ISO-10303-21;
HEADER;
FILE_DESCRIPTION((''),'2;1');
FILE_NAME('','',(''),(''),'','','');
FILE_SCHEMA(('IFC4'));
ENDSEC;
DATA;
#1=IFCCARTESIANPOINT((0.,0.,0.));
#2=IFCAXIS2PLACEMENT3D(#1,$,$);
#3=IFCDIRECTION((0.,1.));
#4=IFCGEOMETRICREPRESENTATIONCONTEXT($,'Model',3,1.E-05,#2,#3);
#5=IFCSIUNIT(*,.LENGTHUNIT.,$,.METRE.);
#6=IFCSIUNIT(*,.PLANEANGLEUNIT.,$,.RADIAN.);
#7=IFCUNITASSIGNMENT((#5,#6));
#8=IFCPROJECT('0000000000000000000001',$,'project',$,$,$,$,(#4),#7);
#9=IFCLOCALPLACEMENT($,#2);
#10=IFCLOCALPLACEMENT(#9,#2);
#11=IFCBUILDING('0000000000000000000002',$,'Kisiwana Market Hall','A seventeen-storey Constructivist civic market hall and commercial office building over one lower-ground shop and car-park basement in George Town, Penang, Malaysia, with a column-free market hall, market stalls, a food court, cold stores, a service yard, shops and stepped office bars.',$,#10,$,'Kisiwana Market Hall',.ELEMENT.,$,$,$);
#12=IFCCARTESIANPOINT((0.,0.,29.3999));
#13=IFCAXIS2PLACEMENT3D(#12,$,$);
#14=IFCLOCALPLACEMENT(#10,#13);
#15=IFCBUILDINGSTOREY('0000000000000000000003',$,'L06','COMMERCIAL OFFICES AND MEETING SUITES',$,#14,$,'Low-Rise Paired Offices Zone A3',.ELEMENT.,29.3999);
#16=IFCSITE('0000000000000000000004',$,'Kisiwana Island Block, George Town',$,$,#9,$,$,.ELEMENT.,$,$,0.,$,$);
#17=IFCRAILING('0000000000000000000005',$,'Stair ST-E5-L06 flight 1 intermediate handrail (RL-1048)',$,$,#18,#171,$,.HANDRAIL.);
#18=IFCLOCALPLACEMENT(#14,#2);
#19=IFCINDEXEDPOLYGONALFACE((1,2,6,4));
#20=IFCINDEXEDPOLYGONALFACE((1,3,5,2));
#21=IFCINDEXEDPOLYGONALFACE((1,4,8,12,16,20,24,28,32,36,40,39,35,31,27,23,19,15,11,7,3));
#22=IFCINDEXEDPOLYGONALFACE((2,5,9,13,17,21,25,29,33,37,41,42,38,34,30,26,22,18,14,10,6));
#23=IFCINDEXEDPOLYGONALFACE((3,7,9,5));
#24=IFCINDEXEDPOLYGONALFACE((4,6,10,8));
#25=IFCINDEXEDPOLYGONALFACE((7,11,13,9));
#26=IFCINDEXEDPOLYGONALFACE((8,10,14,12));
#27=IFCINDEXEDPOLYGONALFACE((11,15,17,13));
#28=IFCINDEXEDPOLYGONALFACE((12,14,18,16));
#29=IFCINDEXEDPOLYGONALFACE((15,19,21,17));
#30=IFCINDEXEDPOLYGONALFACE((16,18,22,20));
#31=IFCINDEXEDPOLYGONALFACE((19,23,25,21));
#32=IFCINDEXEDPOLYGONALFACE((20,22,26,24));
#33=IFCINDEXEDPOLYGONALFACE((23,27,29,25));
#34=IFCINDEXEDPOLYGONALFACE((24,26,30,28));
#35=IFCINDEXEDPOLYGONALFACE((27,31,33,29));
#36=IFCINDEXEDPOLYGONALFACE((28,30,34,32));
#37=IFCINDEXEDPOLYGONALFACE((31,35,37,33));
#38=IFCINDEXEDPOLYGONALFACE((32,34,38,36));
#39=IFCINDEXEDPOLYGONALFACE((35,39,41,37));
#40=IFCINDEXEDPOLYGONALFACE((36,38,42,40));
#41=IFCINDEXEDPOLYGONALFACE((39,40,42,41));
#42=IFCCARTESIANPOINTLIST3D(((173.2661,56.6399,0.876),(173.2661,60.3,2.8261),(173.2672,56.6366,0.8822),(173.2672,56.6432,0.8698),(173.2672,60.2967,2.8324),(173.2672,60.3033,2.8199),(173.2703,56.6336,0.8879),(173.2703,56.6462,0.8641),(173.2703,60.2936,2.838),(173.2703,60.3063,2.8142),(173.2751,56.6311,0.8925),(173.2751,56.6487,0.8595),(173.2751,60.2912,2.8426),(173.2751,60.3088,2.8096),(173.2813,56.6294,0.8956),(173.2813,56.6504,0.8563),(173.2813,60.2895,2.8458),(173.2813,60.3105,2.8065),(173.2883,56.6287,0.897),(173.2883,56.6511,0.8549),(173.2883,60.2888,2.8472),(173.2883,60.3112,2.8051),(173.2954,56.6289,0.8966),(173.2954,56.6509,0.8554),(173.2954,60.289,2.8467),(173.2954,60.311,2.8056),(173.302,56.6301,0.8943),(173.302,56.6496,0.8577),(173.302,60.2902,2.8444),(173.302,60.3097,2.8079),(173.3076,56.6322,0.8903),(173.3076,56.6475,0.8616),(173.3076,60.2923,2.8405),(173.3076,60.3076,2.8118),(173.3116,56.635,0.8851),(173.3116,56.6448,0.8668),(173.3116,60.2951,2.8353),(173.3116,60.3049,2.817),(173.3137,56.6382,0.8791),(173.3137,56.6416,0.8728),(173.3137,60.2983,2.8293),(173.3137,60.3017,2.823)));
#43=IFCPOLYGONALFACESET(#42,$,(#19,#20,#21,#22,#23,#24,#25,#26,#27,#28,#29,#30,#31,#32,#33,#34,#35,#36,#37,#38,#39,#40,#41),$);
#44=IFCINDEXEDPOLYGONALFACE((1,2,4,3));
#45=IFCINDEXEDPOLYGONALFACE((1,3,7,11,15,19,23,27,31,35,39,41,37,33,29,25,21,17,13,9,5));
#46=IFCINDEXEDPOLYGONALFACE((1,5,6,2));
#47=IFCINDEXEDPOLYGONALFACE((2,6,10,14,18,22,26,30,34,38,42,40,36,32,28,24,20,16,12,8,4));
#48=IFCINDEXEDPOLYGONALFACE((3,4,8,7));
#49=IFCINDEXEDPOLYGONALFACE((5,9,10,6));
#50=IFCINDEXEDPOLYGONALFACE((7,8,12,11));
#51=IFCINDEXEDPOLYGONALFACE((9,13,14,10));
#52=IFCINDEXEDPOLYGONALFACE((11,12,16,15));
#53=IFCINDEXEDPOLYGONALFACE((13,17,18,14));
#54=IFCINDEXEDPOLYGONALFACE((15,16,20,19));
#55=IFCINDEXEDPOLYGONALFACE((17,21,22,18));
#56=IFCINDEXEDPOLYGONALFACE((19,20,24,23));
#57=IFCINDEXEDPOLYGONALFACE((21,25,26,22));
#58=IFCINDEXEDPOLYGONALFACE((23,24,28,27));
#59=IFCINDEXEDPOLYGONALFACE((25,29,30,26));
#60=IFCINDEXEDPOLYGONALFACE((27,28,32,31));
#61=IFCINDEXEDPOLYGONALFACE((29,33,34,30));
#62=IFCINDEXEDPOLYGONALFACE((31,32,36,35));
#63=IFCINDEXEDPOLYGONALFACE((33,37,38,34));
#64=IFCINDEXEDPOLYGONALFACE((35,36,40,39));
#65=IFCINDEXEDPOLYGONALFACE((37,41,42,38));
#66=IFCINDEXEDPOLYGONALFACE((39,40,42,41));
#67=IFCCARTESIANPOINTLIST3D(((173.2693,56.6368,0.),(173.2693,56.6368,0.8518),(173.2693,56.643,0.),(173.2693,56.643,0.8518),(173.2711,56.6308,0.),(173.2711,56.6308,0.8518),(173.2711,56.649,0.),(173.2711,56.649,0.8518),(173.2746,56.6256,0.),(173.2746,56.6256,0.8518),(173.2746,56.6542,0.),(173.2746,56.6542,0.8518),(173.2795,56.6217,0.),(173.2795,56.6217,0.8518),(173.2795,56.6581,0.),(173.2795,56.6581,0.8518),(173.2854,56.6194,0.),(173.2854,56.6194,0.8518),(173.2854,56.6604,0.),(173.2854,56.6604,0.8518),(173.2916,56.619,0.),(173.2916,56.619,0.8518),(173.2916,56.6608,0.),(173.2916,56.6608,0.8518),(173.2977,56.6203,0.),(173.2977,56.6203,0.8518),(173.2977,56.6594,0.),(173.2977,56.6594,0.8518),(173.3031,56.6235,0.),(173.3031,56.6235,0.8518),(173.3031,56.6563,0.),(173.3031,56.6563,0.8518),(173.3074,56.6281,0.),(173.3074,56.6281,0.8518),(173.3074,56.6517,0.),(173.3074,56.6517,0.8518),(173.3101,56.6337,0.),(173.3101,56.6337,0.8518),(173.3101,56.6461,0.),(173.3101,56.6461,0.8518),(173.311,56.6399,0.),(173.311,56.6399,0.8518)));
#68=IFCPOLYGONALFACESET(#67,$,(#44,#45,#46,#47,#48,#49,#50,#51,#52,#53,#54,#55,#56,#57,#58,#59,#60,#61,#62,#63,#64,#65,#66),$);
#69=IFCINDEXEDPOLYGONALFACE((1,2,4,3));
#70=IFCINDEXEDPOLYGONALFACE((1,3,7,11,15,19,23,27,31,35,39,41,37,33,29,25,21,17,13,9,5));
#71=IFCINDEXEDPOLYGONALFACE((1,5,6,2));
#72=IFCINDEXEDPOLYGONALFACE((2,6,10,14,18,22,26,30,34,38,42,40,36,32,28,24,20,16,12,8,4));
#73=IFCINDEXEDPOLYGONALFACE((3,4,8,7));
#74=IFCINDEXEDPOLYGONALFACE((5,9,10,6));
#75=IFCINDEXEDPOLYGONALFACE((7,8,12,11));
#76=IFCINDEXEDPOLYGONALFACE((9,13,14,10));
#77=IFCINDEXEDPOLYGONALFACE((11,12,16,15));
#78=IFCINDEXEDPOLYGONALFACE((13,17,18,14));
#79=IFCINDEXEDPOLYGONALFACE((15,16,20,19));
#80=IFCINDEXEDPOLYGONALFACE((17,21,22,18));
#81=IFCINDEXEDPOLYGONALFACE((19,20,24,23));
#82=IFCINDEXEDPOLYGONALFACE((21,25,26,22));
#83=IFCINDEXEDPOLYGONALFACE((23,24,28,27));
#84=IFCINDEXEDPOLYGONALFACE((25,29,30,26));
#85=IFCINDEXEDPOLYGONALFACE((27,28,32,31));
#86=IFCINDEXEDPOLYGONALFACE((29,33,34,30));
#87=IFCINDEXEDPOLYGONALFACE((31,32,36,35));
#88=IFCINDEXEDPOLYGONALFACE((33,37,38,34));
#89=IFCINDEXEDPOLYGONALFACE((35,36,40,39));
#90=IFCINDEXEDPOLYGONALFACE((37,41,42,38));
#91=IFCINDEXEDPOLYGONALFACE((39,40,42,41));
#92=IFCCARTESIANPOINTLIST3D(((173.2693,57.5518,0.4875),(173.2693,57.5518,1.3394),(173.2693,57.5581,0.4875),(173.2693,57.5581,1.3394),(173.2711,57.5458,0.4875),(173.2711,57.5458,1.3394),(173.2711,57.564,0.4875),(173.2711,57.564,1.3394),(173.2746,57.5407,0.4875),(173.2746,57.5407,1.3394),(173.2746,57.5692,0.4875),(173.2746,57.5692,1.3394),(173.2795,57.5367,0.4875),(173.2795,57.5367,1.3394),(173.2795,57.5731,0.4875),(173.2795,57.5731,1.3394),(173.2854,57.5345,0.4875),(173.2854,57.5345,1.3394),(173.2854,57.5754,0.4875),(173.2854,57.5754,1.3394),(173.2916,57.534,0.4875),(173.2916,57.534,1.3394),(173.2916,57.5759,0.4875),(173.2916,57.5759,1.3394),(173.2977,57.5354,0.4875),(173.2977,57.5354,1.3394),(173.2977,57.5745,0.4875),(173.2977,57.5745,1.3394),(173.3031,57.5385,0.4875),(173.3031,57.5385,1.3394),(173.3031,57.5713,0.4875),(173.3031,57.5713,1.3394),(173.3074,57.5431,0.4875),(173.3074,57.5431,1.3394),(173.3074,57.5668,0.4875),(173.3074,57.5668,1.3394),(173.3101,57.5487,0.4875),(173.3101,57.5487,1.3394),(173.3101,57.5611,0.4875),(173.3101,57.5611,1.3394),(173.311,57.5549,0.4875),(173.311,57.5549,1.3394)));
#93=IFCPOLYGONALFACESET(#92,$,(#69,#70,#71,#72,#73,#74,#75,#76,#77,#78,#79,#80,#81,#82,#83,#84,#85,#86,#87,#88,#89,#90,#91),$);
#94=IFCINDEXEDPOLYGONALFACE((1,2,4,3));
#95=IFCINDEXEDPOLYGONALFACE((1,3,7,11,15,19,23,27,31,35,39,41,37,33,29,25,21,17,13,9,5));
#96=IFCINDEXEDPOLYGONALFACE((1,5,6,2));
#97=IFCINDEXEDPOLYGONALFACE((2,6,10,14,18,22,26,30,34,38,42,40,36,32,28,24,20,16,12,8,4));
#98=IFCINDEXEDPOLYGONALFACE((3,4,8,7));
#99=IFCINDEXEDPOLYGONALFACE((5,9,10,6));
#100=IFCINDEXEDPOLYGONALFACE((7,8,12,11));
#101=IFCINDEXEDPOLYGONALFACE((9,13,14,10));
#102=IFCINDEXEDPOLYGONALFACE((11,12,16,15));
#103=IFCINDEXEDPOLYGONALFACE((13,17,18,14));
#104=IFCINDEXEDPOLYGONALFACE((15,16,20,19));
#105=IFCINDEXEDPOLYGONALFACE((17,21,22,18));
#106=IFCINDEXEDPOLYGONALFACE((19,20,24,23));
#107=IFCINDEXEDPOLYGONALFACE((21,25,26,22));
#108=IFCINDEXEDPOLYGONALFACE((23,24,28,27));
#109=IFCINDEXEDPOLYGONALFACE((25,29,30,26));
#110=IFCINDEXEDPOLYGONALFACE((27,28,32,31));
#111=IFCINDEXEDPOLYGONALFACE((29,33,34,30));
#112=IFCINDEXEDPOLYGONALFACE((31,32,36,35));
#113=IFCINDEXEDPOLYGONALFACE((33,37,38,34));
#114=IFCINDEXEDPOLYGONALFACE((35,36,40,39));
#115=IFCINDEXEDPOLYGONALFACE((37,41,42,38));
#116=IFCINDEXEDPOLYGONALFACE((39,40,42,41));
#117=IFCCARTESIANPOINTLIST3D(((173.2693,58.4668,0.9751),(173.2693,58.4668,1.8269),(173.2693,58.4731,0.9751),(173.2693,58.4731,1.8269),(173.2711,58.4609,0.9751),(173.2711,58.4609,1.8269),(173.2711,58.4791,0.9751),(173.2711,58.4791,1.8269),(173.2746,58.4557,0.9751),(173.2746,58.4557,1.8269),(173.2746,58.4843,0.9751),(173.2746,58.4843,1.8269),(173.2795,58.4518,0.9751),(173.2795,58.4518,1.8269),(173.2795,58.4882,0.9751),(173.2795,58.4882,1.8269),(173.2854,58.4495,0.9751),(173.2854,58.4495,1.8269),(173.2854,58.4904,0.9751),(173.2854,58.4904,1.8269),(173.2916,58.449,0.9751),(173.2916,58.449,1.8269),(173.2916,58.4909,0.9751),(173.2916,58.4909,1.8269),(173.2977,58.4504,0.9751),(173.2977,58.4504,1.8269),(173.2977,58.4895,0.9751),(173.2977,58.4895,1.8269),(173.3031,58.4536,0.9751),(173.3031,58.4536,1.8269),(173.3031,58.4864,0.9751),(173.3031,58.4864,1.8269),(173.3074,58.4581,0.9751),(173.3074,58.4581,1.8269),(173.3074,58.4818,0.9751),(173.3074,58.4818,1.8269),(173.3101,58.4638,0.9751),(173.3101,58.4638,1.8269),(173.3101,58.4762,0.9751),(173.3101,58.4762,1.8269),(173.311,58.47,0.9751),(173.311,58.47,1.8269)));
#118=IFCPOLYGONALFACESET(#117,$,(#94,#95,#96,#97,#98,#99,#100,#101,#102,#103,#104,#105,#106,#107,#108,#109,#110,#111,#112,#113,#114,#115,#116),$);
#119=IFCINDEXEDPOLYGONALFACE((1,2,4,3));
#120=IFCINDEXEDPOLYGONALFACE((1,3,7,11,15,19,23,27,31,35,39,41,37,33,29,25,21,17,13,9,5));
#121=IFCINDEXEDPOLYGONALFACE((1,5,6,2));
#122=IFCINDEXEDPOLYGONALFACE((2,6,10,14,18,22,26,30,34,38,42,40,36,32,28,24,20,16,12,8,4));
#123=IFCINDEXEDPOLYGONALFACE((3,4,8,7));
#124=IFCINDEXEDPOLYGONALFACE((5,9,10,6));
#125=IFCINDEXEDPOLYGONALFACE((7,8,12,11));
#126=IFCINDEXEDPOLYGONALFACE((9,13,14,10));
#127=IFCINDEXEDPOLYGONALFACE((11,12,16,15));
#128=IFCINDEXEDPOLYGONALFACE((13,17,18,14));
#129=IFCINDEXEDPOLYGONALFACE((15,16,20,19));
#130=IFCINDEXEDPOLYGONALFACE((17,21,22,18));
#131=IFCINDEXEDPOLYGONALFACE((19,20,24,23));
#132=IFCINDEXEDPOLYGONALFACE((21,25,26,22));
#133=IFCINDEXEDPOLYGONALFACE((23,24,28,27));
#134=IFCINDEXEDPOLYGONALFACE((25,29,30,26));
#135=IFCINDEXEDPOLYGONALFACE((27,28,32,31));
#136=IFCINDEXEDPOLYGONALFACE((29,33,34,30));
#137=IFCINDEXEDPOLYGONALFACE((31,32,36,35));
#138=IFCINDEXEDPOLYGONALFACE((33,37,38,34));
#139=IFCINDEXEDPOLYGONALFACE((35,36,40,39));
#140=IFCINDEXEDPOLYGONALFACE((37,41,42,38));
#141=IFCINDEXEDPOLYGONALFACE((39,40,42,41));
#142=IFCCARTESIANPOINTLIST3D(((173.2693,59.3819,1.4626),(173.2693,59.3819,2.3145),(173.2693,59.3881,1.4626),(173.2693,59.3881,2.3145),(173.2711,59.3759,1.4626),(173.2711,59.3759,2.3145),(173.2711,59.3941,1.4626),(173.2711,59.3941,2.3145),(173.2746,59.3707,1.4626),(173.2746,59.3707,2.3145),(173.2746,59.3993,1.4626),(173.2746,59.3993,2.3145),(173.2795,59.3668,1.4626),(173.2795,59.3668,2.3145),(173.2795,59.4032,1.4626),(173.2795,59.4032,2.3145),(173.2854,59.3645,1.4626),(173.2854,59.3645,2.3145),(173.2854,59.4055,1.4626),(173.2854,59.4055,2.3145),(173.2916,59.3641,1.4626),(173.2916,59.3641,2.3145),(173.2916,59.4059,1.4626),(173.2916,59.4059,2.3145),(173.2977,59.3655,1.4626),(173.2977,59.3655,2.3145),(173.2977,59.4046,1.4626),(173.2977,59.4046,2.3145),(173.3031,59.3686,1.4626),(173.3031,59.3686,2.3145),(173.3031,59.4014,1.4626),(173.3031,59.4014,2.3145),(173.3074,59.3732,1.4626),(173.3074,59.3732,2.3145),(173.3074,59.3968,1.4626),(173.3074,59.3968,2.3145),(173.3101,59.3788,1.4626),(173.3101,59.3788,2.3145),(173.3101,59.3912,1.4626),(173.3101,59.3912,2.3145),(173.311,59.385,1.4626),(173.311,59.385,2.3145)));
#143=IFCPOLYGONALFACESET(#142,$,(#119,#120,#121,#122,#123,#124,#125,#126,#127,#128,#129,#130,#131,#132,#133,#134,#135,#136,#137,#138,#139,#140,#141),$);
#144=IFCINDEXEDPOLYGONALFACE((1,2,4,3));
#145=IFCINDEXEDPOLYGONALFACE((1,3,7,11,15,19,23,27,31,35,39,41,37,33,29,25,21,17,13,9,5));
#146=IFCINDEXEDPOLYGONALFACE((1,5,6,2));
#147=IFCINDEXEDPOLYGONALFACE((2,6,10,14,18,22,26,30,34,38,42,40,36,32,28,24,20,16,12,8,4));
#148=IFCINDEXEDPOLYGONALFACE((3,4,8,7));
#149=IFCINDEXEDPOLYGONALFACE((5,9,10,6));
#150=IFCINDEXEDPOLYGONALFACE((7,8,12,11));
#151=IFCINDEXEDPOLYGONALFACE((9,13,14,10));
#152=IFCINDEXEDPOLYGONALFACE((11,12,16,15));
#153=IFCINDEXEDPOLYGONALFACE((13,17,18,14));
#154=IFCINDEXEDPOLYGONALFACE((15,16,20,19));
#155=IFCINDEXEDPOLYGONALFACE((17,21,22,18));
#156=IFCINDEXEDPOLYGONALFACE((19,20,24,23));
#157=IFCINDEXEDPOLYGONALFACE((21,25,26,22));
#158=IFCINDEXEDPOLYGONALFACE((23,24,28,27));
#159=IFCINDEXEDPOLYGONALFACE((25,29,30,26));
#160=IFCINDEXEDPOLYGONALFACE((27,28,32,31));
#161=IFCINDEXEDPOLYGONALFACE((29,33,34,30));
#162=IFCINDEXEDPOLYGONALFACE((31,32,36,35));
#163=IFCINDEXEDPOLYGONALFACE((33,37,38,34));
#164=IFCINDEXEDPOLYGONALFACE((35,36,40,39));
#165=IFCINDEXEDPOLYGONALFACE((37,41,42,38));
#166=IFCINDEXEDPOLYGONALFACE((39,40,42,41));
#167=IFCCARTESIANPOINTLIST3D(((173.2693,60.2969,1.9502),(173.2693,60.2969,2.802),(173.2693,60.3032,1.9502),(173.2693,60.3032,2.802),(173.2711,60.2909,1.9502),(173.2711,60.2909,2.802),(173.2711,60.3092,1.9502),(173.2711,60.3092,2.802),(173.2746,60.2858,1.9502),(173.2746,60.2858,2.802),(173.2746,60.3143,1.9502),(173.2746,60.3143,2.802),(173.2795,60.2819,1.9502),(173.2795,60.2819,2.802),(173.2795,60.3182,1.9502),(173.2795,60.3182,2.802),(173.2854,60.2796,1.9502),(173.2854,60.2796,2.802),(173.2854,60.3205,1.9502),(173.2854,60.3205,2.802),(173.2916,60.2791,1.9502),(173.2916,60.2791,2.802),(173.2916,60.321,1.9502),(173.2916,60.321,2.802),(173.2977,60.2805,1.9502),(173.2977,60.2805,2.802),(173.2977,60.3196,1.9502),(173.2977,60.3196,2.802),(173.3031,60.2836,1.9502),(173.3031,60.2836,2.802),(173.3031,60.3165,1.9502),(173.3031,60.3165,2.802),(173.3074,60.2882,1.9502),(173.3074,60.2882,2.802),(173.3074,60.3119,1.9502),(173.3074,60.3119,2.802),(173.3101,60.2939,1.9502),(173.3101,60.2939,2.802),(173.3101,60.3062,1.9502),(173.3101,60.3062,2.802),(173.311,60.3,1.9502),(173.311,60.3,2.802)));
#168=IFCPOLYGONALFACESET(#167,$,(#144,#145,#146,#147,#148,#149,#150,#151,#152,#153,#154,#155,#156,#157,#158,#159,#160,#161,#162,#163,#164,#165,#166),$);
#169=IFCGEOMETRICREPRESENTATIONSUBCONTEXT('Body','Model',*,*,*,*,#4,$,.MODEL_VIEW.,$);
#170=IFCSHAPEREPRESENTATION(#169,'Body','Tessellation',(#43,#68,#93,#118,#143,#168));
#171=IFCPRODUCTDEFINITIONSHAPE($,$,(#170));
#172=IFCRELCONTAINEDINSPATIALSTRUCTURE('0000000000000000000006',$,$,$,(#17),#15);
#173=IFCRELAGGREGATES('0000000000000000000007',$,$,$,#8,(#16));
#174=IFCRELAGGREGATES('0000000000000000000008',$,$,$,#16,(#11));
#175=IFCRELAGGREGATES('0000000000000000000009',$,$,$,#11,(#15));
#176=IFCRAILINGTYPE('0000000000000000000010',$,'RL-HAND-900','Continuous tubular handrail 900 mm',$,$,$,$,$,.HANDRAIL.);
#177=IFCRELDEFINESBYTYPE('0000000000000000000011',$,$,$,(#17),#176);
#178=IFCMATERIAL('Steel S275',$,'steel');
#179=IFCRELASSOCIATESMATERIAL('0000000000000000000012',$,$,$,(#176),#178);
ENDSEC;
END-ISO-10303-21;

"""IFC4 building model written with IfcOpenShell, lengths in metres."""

from ifc_helpers import new_model, si_unit, direction, frame, origin, origin_2d, place, context, subcontext, project, spatial, circle, extrude, material, type_object, element, save


model = new_model("IFC4")

# Units and contexts
model_context = context("Model", 3, precision=1e-05, world=origin(), true_north=direction((0.0, 1.0)))
body_context = subcontext(model_context, "Body", "Model", "MODEL_VIEW")
ifc_project = project(units=[si_unit("LENGTHUNIT", "METRE"), si_unit("PLANEANGLEUNIT", "RADIAN")], contexts=[model_context])

# Site, building, storey
site_placement = place(None, origin())
site = spatial("IfcSite", under=ifc_project, at=site_placement, Name="Kisiwana Island Block, George Town", CompositionType="ELEMENT", RefElevation=0.0)
building_placement = place(site_placement, origin())
building = spatial("IfcBuilding", under=site, at=building_placement, Name="Kisiwana Market Hall", Description="A seventeen-storey Constructivist civic market hall and commercial office building over one lower-ground shop and car-park basement in George Town, Penang, Malaysia, with a column-free market hall, market stalls, a food court, cold stores, a service yard, shops and stepped office bars.", LongName="Kisiwana Market Hall", CompositionType="ELEMENT")
storey_placement = place(building_placement, frame((0.0, 0.0, 29.3999)))
storey = spatial("IfcBuildingStorey", under=building, at=storey_placement, Name="L06", Description="COMMERCIAL OFFICES AND MEETING SUITES", LongName="Low-Rise Paired Offices Zone A3", CompositionType="ELEMENT", Elevation=29.3999)

# Railing
ifc_material_1 = material(Name="Steel S275", Category="steel")
railing_type_1 = type_object("IfcRailingType", Name="RL-HAND-900", Description="Continuous tubular handrail 900 mm", PredefinedType="HANDRAIL", material=ifc_material_1)
for number, where, name in (
    (1, (173.29, 56.6399, 0.0), "Stair ST-E5-L06 flight 1 intermediate handrail (RL-1048)"),
):
    element("IfcRailing", number, at=place(storey_placement, frame(where)), inside=storey, type_object=railing_type_1, Name=name, PredefinedType="HANDRAIL", context=body_context, shape_type="SweptSolid", body=[
        extrude(circle(Radius=0.0239, at=origin_2d()), frame((0.0, 0.0, 0.876), z_axis=(0.0, 0.882542, 0.470234), x_axis=(-1.0, 0.0, 0.0)), (0.0, 0.0, 1.0), 4.1472),
        extrude(circle(Radius=0.021, at=origin_2d()), origin(), (0.0, 0.0, 1.0), 0.8518),
        extrude(circle(Radius=0.021, at=origin_2d()), frame((0.0, 0.915, 0.4875)), (0.0, 0.0, 1.0), 0.8518),
        extrude(circle(Radius=0.021, at=origin_2d()), frame((0.0, 1.8301, 0.9751)), (0.0, 0.0, 1.0), 0.8518),
        extrude(circle(Radius=0.021, at=origin_2d()), frame((0.0, 2.7451, 1.4626)), (0.0, 0.0, 1.0), 0.8518),
        extrude(circle(Radius=0.021, at=origin_2d()), frame((0.0, 3.6602, 1.9502)), (0.0, 0.0, 1.0), 0.8518),
    ])

save(model, "model.ifc")
